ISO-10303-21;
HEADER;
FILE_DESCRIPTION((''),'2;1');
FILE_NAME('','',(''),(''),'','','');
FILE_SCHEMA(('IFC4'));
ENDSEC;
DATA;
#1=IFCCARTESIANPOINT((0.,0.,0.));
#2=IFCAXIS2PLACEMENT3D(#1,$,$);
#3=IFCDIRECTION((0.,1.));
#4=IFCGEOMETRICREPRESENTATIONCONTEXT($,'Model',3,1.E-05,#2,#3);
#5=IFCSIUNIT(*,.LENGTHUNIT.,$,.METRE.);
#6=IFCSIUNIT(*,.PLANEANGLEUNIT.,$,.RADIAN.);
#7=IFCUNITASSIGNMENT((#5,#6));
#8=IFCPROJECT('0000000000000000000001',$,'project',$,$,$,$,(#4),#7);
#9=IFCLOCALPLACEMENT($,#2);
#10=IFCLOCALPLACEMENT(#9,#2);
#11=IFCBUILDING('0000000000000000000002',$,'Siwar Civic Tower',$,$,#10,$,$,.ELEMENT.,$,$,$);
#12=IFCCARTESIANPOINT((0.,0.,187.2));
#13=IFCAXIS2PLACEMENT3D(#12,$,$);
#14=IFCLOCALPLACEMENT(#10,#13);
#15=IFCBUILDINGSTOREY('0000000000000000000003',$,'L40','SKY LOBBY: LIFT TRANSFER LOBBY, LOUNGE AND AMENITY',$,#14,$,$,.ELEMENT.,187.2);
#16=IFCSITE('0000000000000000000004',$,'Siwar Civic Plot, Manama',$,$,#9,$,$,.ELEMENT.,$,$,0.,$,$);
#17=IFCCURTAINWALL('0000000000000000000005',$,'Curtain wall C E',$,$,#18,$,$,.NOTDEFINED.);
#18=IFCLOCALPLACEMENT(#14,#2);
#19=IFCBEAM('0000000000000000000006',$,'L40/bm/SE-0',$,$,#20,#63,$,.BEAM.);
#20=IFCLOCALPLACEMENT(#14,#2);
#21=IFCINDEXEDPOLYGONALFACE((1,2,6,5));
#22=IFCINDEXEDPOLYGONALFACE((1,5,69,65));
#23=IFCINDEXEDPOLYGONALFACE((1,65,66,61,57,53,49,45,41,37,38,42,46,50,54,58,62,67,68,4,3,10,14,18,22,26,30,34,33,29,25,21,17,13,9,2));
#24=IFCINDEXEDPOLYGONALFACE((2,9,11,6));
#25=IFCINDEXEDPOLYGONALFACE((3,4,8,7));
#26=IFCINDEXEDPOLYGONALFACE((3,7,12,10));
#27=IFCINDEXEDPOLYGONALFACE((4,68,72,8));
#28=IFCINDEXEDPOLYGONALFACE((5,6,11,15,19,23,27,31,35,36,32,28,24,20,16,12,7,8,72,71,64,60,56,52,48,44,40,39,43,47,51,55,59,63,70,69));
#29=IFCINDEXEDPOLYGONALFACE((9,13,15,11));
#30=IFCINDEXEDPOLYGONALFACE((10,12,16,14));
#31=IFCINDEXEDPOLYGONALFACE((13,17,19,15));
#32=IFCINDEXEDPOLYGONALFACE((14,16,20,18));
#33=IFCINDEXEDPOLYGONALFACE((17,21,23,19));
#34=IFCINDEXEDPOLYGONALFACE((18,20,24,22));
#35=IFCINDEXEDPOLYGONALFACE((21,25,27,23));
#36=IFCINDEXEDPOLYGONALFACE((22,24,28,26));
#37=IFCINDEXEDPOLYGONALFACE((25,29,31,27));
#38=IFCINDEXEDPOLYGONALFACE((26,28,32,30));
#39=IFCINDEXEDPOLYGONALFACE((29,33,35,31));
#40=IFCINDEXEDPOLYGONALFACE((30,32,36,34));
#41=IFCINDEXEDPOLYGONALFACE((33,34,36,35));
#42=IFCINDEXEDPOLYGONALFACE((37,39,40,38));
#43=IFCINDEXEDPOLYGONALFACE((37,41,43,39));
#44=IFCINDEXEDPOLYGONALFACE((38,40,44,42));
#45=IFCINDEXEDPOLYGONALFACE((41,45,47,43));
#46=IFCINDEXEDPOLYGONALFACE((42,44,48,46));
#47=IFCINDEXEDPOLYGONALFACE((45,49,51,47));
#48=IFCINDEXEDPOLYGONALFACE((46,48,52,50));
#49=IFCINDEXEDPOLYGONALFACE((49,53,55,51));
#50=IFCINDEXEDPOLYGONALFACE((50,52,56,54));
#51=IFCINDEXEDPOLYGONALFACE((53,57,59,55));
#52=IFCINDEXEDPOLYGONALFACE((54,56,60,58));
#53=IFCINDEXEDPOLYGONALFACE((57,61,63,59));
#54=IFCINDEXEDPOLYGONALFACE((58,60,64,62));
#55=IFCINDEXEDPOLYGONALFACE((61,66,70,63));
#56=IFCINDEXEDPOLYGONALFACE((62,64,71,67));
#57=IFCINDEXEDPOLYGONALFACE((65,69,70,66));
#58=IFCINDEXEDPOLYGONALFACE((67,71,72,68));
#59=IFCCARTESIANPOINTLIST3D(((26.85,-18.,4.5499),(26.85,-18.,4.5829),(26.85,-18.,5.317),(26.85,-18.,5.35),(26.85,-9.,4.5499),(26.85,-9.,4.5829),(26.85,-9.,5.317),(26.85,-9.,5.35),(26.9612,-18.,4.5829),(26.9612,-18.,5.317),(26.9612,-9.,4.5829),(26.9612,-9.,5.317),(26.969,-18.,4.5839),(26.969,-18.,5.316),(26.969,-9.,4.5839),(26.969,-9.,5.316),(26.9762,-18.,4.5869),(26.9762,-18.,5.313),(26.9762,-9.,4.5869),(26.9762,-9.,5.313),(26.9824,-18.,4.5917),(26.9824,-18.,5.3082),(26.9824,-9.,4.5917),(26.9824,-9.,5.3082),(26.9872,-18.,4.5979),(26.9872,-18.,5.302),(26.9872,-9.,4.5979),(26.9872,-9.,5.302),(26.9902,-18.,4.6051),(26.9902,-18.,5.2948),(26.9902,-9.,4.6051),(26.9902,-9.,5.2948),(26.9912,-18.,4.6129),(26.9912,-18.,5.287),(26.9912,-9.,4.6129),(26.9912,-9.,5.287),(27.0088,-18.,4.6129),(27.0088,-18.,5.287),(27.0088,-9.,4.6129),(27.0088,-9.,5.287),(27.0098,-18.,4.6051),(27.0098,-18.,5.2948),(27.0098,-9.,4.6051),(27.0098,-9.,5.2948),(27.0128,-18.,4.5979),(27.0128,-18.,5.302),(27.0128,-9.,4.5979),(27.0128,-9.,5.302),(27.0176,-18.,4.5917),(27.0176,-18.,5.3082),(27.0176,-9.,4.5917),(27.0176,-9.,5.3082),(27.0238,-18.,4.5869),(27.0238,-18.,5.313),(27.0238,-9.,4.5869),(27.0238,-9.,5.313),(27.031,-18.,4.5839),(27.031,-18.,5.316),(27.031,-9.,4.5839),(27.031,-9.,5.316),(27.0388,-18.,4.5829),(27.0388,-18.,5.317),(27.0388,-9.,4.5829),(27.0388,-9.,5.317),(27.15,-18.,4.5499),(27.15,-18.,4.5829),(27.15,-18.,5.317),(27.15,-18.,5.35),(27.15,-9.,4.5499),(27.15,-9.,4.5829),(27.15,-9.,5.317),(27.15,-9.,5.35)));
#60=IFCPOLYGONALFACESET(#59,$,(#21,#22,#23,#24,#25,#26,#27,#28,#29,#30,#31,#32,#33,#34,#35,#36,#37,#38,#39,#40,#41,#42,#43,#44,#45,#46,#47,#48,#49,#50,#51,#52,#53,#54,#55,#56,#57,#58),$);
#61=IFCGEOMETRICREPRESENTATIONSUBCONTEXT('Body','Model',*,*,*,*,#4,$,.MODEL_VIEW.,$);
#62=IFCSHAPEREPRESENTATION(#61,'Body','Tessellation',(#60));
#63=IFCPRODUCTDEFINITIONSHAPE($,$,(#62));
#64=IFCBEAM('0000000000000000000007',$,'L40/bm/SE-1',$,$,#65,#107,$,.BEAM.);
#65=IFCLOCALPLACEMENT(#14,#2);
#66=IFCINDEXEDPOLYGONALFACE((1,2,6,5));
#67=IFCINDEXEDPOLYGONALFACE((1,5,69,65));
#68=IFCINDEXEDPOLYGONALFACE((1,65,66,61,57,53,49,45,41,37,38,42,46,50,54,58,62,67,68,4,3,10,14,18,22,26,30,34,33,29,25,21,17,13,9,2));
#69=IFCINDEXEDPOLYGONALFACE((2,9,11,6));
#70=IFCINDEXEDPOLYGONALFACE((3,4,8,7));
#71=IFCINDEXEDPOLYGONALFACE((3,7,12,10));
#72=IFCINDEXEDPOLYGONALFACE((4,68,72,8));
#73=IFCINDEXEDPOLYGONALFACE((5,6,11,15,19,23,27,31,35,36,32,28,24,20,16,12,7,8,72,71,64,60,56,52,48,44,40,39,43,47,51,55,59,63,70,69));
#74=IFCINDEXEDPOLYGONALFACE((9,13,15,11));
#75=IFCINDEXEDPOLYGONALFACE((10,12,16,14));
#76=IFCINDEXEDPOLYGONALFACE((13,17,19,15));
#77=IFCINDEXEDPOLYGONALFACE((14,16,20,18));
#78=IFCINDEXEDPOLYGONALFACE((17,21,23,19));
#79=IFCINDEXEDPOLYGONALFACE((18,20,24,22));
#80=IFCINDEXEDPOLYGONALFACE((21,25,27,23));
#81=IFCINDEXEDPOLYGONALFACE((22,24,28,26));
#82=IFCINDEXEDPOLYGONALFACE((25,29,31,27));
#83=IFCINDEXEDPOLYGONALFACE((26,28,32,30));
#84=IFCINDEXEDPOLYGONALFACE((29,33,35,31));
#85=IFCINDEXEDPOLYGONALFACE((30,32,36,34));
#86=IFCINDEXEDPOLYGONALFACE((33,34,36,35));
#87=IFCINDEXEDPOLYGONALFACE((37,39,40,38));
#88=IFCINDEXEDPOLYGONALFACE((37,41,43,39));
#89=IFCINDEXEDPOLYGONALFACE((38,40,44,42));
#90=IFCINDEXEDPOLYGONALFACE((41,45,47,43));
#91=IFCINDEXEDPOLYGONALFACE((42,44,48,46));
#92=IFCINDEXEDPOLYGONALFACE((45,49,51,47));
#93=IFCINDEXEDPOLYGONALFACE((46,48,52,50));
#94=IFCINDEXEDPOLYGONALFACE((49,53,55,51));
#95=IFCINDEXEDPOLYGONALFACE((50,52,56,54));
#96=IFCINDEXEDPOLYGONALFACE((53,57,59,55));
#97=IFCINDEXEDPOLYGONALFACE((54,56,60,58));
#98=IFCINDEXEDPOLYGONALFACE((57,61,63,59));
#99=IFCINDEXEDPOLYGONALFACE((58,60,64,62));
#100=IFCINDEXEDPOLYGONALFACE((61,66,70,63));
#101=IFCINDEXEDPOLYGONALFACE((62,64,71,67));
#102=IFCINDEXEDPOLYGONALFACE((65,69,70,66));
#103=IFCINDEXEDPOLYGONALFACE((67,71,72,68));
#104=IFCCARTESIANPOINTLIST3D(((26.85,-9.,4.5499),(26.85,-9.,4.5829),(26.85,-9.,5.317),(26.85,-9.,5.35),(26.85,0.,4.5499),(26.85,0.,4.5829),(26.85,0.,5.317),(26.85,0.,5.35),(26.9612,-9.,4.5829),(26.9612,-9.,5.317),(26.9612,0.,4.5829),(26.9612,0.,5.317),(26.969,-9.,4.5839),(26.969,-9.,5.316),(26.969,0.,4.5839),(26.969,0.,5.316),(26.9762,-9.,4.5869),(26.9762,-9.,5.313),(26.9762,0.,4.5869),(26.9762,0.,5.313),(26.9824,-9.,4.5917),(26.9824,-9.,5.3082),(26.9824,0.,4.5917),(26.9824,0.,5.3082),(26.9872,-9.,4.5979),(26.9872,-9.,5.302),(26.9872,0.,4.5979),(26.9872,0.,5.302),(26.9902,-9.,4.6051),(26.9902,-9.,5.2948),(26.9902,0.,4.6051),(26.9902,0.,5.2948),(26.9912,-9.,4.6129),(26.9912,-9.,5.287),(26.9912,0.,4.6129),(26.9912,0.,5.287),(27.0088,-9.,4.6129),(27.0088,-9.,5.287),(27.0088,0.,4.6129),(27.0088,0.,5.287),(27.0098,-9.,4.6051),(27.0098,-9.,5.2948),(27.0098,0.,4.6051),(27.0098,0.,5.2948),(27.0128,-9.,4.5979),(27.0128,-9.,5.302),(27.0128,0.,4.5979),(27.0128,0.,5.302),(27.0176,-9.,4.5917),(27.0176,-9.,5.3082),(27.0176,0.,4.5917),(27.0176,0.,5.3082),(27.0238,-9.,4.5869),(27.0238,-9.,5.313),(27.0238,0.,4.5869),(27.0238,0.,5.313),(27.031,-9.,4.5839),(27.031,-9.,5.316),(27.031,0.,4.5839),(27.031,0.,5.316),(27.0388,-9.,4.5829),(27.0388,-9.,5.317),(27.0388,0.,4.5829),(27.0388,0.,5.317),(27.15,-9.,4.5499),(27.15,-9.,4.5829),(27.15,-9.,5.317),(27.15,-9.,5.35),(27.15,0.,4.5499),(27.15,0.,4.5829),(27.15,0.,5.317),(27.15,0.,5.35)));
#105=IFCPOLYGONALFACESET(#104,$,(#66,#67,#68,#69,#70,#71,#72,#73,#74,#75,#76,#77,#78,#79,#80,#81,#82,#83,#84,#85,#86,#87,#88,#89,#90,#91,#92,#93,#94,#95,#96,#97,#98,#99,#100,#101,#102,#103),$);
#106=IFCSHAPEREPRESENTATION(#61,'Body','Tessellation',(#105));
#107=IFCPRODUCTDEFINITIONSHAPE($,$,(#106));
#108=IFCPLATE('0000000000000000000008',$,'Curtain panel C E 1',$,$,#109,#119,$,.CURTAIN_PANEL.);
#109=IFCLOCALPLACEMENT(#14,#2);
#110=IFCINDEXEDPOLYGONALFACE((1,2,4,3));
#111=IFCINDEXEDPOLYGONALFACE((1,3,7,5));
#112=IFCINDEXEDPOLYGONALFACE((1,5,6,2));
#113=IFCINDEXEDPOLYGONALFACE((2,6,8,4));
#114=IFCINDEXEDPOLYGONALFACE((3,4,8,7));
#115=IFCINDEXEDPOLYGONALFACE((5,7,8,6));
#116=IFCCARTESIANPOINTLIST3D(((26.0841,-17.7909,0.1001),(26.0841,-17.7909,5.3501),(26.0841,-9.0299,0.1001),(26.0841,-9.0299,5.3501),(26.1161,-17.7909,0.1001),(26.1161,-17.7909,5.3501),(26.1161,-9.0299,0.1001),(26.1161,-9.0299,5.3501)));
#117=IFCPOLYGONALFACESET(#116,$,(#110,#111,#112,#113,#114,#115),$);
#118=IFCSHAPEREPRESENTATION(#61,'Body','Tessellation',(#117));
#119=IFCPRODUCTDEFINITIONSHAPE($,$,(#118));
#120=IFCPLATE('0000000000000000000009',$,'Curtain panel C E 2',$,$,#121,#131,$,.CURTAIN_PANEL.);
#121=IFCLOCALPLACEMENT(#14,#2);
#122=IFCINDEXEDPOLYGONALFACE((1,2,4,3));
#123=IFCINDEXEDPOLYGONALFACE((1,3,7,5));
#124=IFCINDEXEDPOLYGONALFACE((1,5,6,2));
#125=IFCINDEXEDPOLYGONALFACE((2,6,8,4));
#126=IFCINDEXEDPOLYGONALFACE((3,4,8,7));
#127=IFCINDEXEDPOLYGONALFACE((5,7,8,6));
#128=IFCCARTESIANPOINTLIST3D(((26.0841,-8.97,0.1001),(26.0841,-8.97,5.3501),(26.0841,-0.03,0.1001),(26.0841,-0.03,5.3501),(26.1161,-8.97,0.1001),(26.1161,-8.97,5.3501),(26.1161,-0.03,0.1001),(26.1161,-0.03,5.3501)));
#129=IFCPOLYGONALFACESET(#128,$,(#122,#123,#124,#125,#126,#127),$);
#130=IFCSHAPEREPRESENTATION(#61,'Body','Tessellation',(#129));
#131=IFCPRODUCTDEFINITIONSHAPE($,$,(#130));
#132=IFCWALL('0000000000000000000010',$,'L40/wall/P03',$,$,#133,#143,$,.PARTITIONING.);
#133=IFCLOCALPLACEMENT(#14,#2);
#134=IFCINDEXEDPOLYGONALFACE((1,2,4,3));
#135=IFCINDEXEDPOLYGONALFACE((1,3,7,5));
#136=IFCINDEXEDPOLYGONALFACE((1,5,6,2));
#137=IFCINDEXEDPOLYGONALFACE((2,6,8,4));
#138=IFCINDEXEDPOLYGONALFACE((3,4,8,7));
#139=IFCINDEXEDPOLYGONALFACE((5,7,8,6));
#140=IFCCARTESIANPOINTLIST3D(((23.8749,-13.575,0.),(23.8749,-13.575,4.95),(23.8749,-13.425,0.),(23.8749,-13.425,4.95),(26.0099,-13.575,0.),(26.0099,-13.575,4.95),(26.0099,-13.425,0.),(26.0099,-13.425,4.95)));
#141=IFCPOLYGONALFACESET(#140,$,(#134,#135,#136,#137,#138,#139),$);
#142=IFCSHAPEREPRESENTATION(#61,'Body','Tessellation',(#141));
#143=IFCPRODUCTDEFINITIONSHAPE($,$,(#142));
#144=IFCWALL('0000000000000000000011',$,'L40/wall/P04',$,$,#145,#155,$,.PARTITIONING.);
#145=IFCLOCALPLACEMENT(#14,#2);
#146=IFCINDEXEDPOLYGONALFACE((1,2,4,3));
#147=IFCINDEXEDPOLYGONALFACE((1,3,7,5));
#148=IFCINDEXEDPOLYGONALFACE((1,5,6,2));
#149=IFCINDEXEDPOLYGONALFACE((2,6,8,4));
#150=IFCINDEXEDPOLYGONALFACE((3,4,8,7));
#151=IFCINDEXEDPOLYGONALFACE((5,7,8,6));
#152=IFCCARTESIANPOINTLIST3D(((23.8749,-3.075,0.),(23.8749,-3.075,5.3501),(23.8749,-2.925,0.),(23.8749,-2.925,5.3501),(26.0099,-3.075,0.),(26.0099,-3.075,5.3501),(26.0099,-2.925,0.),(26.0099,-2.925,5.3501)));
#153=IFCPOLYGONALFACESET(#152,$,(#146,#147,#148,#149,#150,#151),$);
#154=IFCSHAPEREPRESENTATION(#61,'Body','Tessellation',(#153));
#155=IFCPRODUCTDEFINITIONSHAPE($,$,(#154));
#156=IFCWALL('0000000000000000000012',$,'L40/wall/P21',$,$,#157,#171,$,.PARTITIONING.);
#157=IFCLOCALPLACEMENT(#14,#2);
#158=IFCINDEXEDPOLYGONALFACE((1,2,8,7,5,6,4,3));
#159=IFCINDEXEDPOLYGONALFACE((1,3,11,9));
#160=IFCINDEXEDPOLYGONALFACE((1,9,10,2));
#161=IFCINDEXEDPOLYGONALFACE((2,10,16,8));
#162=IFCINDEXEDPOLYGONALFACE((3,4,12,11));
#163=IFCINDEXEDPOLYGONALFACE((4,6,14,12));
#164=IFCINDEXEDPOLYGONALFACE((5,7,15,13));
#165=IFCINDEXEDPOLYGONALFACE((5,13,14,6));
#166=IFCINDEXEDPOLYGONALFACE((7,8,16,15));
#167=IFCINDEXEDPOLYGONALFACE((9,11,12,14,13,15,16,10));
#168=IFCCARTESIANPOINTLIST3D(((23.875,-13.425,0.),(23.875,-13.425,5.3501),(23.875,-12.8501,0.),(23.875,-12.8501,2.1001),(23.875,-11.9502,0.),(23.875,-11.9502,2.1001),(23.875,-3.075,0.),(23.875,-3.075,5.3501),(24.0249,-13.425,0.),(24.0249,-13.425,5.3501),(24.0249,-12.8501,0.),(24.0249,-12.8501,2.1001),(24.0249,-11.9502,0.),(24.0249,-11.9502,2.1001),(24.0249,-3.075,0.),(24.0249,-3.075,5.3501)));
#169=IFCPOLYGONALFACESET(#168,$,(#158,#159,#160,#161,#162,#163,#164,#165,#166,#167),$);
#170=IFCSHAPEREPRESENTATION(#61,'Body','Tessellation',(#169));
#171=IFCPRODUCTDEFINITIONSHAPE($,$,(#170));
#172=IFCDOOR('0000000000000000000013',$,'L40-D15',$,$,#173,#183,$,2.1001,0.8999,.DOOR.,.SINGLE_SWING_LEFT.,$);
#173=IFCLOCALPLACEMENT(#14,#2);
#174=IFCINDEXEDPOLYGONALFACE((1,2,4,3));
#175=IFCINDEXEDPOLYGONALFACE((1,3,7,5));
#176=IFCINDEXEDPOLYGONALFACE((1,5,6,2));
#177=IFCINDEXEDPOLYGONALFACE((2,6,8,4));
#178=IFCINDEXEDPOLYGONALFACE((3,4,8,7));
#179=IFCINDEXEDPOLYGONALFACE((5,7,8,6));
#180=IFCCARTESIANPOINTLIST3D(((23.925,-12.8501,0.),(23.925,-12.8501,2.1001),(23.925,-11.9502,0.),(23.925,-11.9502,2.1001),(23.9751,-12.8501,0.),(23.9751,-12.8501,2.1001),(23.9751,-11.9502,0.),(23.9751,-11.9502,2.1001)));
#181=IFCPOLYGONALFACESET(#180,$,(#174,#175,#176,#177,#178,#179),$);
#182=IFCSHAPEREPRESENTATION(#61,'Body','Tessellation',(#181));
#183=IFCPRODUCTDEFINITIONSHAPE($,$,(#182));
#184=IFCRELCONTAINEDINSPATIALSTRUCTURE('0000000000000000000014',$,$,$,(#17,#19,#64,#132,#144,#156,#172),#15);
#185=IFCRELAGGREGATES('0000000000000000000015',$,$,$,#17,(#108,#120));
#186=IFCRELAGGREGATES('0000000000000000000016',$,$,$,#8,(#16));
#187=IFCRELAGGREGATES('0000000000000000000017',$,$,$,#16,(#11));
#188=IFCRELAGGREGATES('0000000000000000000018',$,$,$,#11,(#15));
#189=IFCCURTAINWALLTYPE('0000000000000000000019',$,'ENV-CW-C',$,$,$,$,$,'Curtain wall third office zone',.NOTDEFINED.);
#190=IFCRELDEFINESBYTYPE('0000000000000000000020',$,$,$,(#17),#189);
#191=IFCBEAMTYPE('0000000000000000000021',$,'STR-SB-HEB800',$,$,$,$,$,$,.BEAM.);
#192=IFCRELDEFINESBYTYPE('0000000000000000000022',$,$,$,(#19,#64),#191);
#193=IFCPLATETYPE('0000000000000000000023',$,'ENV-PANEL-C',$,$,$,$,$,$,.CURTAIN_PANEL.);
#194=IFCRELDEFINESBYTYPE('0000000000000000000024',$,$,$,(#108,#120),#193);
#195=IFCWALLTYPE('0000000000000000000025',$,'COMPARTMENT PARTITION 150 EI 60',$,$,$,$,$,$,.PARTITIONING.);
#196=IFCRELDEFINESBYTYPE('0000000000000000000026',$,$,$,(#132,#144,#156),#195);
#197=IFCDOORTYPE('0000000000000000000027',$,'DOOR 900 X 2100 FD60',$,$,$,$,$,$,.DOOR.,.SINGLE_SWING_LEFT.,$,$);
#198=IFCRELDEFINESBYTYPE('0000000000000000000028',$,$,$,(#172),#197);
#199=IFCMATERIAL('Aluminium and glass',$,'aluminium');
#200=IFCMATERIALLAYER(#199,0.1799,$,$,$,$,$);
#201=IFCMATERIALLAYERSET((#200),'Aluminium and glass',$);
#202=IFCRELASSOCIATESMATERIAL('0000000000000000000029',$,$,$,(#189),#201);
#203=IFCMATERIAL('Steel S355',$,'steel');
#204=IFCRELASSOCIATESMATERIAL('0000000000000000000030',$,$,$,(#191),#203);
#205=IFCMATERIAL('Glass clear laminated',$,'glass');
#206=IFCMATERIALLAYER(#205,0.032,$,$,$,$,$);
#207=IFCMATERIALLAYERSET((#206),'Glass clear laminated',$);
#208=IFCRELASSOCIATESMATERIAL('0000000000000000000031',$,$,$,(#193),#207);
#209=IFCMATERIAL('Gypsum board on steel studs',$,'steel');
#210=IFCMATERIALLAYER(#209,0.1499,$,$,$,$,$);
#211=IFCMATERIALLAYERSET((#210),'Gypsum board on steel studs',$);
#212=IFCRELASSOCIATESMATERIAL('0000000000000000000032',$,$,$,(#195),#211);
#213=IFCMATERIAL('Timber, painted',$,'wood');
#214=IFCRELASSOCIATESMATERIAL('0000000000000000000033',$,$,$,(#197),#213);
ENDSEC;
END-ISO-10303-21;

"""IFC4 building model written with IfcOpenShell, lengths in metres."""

from ifc_helpers import new_model, si_unit, direction, frame, frame_2d, origin, origin_2d, place, context, subcontext, project, spatial, rectangle, i_section, extrude, material, layer, layer_set, material_profile, profile_set, type_object, element, fill, aggregate, save


model = new_model("IFC4")

# Units and contexts
model_context = context("Model", 3, precision=1e-05, world=origin(), true_north=direction((0.0, 1.0)))
body_context = subcontext(model_context, "Body", "Model", "MODEL_VIEW")
ifc_project = project(units=[si_unit("LENGTHUNIT", "METRE"), si_unit("PLANEANGLEUNIT", "RADIAN")], contexts=[model_context])

# Site, building, storey
site_placement = place(None, origin())
site = spatial("IfcSite", under=ifc_project, at=site_placement, Name="Siwar Civic Plot, Manama", CompositionType="ELEMENT", RefElevation=0.0)
building_placement = place(site_placement, origin())
building = spatial("IfcBuilding", under=site, at=building_placement, Name="Siwar Civic Tower", CompositionType="ELEMENT")
storey_placement = place(building_placement, frame((0.0, 0.0, 187.2)))
storey = spatial("IfcBuildingStorey", under=building, at=storey_placement, Name="L40", Description="SKY LOBBY: LIFT TRANSFER LOBBY, LOUNGE AND AMENITY", CompositionType="ELEMENT", Elevation=187.2)

# Curtain wall
ifc_material_1 = material(Name="Aluminium and glass", Category="aluminium")
ifc_layer_1 = layer(ifc_material_1, 0.1799)
ifc_layer_set_1 = layer_set([ifc_layer_1], Name="Aluminium and glass")
curtain_wall_type = type_object("IfcCurtainWallType", Name="ENV-CW-C", ElementType="Curtain wall third office zone", PredefinedType="NOTDEFINED", material=ifc_layer_set_1)
curtain_wall_placement = place(storey_placement, origin())
curtain_wall = element("IfcCurtainWall", 1, at=curtain_wall_placement, inside=storey, type_object=curtain_wall_type, Name="Curtain wall C E", PredefinedType="NOTDEFINED")

# Beams
ifc_material_2 = material(Name="Steel S355", Category="steel")
ifc_material_profile_1 = material_profile(ifc_material_2, i_section(OverallWidth=0.3, OverallDepth=0.8, WebThickness=0.0176, FlangeThickness=0.033, FilletRadius=0.03, at=origin_2d()), Name="HEB800")
ifc_profile_set_1 = profile_set([ifc_material_profile_1], Name="Steel S355")
beam_type_1 = type_object("IfcBeamType", Name="STR-SB-HEB800", PredefinedType="BEAM", material=ifc_profile_set_1)
for number, where, z_axis, x_axis, name in (
    (2, (27.0, -18.0, 4.95), (0.0, 1.0, 0.0), (-1.0, 0.0, 0.0), "L40/bm/SE-0"),
    (3, (27.0, -9.0, 4.95), (0.0, 1.0, 0.0), (-1.0, 0.0, 0.0), "L40/bm/SE-1"),
):
    element("IfcBeam", number, at=place(storey_placement, frame(where, z_axis=z_axis, x_axis=x_axis)), inside=storey, type_object=beam_type_1, Name=name, PredefinedType="BEAM", context=body_context, shape_type="SweptSolid", body=[
        extrude(i_section(OverallWidth=0.3, OverallDepth=0.8, WebThickness=0.0176, FlangeThickness=0.033, FilletRadius=0.03, at=origin_2d()), origin(), (0.0, 0.0, 1.0), 9.0),
    ])

# Plates
ifc_material_3 = material(Name="Glass clear laminated", Category="glass")
ifc_layer_2 = layer(ifc_material_3, 0.032)
ifc_layer_set_2 = layer_set([ifc_layer_2], Name="Glass clear laminated")
plate_type = type_object("IfcPlateType", Name="ENV-PANEL-C", PredefinedType="CURTAIN_PANEL", material=ifc_layer_set_2)
plate_1_placement = place(storey_placement, frame((26.1001, -13.4104, 0.1001), z_axis=(0.0, 0.0, 1.0), x_axis=(0.0, 1.0, 0.0)))
plate_1 = element("IfcPlate", 4, at=plate_1_placement, type_object=plate_type, Name="Curtain panel C E 1", PredefinedType="CURTAIN_PANEL", context=body_context, shape_type="SweptSolid", body=[
    extrude(rectangle(XDim=8.761, YDim=0.032, at=origin_2d()), origin(), (0.0, 0.0, 1.0), 5.25),
])
plate_2_placement = place(storey_placement, frame((26.1001, -4.5, 0.1001), z_axis=(0.0, 0.0, 1.0), x_axis=(0.0, 1.0, 0.0)))
plate_2 = element("IfcPlate", 5, at=plate_2_placement, type_object=plate_type, Name="Curtain panel C E 2", PredefinedType="CURTAIN_PANEL", context=body_context, shape_type="SweptSolid", body=[
    extrude(rectangle(XDim=8.9399, YDim=0.032, at=origin_2d()), origin(), (0.0, 0.0, 1.0), 5.25),
])
aggregate(curtain_wall, [plate_1, plate_2])

# Walls
ifc_material_4 = material(Name="Gypsum board on steel studs", Category="steel")
ifc_layer_3 = layer(ifc_material_4, 0.1499)
ifc_layer_set_3 = layer_set([ifc_layer_3], Name="Gypsum board on steel studs")
wall_type_1 = type_object("IfcWallType", Name="COMPARTMENT PARTITION 150 EI 60", PredefinedType="PARTITIONING", material=ifc_layer_set_3)
wall_1_placement = place(storey_placement, frame((23.875, -13.5, 0.0), z_axis=(0.0, 0.0, 1.0), x_axis=(1.0, 0.0, 0.0)))
element("IfcWall", 6, at=wall_1_placement, inside=storey, type_object=wall_type_1, Name="L40/wall/P03", PredefinedType="PARTITIONING", context=body_context, shape_type="SweptSolid", body=[
    extrude(rectangle(XDim=2.135, YDim=0.1499, at=frame_2d((1.0674, 0.0))), origin(), (0.0, 0.0, 1.0), 4.95),
])
wall_2_placement = place(storey_placement, frame((23.875, -3.0, 0.0), z_axis=(0.0, 0.0, 1.0), x_axis=(1.0, 0.0, 0.0)))
element("IfcWall", 7, at=wall_2_placement, inside=storey, type_object=wall_type_1, Name="L40/wall/P04", PredefinedType="PARTITIONING", context=body_context, shape_type="SweptSolid", body=[
    extrude(rectangle(XDim=2.135, YDim=0.1499, at=frame_2d((1.0674, 0.0))), origin(), (0.0, 0.0, 1.0), 5.3501),
])

# Wall, opening, door
wall_3_placement = place(storey_placement, frame((23.95, -13.425, 0.0), z_axis=(0.0, 0.0, 1.0), x_axis=(0.0, 1.0, 0.0)))
wall_3 = element("IfcWall", 8, at=wall_3_placement, inside=storey, type_object=wall_type_1, Name="L40/wall/P21", PredefinedType="PARTITIONING", context=body_context, shape_type="SweptSolid", body=[
    extrude(rectangle(XDim=10.3501, YDim=0.1499, at=frame_2d((5.175, 0.0))), origin(), (0.0, 0.0, 1.0), 5.3501),
])
opening_1_placement = place(wall_3_placement, frame((0.575, 0.0, 0.0)))
opening_1 = element("IfcOpeningElement", 9, at=opening_1_placement, cuts=wall_3, PredefinedType="OPENING", context=body_context, shape_type="SweptSolid", body=[
    extrude(rectangle(XDim=0.8999, YDim=2.1001, at=frame_2d((0.45, 1.05))), frame((0.0, 0.085, 0.0), z_axis=(0.0, -1.0, 0.0), x_axis=(1.0, 0.0, 0.0)), (0.0, 0.0, 1.0), 0.1699),
])
ifc_material_5 = material(Name="Timber, painted", Category="wood")
door_type_1 = type_object("IfcDoorType", Name="DOOR 900 X 2100 FD60", OperationType="SINGLE_SWING_LEFT", PredefinedType="DOOR", material=ifc_material_5)
door_1_placement = place(opening_1_placement, origin())
door_1 = element("IfcDoor", 10, at=door_1_placement, inside=storey, type_object=door_type_1, Name="L40-D15", OperationType="SINGLE_SWING_LEFT", OverallHeight=2.1001, OverallWidth=0.8999, PredefinedType="DOOR", context=body_context, shape_type="SweptSolid", body=[
    extrude(rectangle(XDim=0.8999, YDim=2.1001, at=frame_2d((0.45, 1.05))), frame((0.0, 0.0249, 0.0), z_axis=(0.0, -1.0, 0.0), x_axis=(1.0, 0.0, 0.0)), (0.0, 0.0, 1.0), 0.05),
])
fill(opening_1, door_1)

save(model, "model.ifc")
